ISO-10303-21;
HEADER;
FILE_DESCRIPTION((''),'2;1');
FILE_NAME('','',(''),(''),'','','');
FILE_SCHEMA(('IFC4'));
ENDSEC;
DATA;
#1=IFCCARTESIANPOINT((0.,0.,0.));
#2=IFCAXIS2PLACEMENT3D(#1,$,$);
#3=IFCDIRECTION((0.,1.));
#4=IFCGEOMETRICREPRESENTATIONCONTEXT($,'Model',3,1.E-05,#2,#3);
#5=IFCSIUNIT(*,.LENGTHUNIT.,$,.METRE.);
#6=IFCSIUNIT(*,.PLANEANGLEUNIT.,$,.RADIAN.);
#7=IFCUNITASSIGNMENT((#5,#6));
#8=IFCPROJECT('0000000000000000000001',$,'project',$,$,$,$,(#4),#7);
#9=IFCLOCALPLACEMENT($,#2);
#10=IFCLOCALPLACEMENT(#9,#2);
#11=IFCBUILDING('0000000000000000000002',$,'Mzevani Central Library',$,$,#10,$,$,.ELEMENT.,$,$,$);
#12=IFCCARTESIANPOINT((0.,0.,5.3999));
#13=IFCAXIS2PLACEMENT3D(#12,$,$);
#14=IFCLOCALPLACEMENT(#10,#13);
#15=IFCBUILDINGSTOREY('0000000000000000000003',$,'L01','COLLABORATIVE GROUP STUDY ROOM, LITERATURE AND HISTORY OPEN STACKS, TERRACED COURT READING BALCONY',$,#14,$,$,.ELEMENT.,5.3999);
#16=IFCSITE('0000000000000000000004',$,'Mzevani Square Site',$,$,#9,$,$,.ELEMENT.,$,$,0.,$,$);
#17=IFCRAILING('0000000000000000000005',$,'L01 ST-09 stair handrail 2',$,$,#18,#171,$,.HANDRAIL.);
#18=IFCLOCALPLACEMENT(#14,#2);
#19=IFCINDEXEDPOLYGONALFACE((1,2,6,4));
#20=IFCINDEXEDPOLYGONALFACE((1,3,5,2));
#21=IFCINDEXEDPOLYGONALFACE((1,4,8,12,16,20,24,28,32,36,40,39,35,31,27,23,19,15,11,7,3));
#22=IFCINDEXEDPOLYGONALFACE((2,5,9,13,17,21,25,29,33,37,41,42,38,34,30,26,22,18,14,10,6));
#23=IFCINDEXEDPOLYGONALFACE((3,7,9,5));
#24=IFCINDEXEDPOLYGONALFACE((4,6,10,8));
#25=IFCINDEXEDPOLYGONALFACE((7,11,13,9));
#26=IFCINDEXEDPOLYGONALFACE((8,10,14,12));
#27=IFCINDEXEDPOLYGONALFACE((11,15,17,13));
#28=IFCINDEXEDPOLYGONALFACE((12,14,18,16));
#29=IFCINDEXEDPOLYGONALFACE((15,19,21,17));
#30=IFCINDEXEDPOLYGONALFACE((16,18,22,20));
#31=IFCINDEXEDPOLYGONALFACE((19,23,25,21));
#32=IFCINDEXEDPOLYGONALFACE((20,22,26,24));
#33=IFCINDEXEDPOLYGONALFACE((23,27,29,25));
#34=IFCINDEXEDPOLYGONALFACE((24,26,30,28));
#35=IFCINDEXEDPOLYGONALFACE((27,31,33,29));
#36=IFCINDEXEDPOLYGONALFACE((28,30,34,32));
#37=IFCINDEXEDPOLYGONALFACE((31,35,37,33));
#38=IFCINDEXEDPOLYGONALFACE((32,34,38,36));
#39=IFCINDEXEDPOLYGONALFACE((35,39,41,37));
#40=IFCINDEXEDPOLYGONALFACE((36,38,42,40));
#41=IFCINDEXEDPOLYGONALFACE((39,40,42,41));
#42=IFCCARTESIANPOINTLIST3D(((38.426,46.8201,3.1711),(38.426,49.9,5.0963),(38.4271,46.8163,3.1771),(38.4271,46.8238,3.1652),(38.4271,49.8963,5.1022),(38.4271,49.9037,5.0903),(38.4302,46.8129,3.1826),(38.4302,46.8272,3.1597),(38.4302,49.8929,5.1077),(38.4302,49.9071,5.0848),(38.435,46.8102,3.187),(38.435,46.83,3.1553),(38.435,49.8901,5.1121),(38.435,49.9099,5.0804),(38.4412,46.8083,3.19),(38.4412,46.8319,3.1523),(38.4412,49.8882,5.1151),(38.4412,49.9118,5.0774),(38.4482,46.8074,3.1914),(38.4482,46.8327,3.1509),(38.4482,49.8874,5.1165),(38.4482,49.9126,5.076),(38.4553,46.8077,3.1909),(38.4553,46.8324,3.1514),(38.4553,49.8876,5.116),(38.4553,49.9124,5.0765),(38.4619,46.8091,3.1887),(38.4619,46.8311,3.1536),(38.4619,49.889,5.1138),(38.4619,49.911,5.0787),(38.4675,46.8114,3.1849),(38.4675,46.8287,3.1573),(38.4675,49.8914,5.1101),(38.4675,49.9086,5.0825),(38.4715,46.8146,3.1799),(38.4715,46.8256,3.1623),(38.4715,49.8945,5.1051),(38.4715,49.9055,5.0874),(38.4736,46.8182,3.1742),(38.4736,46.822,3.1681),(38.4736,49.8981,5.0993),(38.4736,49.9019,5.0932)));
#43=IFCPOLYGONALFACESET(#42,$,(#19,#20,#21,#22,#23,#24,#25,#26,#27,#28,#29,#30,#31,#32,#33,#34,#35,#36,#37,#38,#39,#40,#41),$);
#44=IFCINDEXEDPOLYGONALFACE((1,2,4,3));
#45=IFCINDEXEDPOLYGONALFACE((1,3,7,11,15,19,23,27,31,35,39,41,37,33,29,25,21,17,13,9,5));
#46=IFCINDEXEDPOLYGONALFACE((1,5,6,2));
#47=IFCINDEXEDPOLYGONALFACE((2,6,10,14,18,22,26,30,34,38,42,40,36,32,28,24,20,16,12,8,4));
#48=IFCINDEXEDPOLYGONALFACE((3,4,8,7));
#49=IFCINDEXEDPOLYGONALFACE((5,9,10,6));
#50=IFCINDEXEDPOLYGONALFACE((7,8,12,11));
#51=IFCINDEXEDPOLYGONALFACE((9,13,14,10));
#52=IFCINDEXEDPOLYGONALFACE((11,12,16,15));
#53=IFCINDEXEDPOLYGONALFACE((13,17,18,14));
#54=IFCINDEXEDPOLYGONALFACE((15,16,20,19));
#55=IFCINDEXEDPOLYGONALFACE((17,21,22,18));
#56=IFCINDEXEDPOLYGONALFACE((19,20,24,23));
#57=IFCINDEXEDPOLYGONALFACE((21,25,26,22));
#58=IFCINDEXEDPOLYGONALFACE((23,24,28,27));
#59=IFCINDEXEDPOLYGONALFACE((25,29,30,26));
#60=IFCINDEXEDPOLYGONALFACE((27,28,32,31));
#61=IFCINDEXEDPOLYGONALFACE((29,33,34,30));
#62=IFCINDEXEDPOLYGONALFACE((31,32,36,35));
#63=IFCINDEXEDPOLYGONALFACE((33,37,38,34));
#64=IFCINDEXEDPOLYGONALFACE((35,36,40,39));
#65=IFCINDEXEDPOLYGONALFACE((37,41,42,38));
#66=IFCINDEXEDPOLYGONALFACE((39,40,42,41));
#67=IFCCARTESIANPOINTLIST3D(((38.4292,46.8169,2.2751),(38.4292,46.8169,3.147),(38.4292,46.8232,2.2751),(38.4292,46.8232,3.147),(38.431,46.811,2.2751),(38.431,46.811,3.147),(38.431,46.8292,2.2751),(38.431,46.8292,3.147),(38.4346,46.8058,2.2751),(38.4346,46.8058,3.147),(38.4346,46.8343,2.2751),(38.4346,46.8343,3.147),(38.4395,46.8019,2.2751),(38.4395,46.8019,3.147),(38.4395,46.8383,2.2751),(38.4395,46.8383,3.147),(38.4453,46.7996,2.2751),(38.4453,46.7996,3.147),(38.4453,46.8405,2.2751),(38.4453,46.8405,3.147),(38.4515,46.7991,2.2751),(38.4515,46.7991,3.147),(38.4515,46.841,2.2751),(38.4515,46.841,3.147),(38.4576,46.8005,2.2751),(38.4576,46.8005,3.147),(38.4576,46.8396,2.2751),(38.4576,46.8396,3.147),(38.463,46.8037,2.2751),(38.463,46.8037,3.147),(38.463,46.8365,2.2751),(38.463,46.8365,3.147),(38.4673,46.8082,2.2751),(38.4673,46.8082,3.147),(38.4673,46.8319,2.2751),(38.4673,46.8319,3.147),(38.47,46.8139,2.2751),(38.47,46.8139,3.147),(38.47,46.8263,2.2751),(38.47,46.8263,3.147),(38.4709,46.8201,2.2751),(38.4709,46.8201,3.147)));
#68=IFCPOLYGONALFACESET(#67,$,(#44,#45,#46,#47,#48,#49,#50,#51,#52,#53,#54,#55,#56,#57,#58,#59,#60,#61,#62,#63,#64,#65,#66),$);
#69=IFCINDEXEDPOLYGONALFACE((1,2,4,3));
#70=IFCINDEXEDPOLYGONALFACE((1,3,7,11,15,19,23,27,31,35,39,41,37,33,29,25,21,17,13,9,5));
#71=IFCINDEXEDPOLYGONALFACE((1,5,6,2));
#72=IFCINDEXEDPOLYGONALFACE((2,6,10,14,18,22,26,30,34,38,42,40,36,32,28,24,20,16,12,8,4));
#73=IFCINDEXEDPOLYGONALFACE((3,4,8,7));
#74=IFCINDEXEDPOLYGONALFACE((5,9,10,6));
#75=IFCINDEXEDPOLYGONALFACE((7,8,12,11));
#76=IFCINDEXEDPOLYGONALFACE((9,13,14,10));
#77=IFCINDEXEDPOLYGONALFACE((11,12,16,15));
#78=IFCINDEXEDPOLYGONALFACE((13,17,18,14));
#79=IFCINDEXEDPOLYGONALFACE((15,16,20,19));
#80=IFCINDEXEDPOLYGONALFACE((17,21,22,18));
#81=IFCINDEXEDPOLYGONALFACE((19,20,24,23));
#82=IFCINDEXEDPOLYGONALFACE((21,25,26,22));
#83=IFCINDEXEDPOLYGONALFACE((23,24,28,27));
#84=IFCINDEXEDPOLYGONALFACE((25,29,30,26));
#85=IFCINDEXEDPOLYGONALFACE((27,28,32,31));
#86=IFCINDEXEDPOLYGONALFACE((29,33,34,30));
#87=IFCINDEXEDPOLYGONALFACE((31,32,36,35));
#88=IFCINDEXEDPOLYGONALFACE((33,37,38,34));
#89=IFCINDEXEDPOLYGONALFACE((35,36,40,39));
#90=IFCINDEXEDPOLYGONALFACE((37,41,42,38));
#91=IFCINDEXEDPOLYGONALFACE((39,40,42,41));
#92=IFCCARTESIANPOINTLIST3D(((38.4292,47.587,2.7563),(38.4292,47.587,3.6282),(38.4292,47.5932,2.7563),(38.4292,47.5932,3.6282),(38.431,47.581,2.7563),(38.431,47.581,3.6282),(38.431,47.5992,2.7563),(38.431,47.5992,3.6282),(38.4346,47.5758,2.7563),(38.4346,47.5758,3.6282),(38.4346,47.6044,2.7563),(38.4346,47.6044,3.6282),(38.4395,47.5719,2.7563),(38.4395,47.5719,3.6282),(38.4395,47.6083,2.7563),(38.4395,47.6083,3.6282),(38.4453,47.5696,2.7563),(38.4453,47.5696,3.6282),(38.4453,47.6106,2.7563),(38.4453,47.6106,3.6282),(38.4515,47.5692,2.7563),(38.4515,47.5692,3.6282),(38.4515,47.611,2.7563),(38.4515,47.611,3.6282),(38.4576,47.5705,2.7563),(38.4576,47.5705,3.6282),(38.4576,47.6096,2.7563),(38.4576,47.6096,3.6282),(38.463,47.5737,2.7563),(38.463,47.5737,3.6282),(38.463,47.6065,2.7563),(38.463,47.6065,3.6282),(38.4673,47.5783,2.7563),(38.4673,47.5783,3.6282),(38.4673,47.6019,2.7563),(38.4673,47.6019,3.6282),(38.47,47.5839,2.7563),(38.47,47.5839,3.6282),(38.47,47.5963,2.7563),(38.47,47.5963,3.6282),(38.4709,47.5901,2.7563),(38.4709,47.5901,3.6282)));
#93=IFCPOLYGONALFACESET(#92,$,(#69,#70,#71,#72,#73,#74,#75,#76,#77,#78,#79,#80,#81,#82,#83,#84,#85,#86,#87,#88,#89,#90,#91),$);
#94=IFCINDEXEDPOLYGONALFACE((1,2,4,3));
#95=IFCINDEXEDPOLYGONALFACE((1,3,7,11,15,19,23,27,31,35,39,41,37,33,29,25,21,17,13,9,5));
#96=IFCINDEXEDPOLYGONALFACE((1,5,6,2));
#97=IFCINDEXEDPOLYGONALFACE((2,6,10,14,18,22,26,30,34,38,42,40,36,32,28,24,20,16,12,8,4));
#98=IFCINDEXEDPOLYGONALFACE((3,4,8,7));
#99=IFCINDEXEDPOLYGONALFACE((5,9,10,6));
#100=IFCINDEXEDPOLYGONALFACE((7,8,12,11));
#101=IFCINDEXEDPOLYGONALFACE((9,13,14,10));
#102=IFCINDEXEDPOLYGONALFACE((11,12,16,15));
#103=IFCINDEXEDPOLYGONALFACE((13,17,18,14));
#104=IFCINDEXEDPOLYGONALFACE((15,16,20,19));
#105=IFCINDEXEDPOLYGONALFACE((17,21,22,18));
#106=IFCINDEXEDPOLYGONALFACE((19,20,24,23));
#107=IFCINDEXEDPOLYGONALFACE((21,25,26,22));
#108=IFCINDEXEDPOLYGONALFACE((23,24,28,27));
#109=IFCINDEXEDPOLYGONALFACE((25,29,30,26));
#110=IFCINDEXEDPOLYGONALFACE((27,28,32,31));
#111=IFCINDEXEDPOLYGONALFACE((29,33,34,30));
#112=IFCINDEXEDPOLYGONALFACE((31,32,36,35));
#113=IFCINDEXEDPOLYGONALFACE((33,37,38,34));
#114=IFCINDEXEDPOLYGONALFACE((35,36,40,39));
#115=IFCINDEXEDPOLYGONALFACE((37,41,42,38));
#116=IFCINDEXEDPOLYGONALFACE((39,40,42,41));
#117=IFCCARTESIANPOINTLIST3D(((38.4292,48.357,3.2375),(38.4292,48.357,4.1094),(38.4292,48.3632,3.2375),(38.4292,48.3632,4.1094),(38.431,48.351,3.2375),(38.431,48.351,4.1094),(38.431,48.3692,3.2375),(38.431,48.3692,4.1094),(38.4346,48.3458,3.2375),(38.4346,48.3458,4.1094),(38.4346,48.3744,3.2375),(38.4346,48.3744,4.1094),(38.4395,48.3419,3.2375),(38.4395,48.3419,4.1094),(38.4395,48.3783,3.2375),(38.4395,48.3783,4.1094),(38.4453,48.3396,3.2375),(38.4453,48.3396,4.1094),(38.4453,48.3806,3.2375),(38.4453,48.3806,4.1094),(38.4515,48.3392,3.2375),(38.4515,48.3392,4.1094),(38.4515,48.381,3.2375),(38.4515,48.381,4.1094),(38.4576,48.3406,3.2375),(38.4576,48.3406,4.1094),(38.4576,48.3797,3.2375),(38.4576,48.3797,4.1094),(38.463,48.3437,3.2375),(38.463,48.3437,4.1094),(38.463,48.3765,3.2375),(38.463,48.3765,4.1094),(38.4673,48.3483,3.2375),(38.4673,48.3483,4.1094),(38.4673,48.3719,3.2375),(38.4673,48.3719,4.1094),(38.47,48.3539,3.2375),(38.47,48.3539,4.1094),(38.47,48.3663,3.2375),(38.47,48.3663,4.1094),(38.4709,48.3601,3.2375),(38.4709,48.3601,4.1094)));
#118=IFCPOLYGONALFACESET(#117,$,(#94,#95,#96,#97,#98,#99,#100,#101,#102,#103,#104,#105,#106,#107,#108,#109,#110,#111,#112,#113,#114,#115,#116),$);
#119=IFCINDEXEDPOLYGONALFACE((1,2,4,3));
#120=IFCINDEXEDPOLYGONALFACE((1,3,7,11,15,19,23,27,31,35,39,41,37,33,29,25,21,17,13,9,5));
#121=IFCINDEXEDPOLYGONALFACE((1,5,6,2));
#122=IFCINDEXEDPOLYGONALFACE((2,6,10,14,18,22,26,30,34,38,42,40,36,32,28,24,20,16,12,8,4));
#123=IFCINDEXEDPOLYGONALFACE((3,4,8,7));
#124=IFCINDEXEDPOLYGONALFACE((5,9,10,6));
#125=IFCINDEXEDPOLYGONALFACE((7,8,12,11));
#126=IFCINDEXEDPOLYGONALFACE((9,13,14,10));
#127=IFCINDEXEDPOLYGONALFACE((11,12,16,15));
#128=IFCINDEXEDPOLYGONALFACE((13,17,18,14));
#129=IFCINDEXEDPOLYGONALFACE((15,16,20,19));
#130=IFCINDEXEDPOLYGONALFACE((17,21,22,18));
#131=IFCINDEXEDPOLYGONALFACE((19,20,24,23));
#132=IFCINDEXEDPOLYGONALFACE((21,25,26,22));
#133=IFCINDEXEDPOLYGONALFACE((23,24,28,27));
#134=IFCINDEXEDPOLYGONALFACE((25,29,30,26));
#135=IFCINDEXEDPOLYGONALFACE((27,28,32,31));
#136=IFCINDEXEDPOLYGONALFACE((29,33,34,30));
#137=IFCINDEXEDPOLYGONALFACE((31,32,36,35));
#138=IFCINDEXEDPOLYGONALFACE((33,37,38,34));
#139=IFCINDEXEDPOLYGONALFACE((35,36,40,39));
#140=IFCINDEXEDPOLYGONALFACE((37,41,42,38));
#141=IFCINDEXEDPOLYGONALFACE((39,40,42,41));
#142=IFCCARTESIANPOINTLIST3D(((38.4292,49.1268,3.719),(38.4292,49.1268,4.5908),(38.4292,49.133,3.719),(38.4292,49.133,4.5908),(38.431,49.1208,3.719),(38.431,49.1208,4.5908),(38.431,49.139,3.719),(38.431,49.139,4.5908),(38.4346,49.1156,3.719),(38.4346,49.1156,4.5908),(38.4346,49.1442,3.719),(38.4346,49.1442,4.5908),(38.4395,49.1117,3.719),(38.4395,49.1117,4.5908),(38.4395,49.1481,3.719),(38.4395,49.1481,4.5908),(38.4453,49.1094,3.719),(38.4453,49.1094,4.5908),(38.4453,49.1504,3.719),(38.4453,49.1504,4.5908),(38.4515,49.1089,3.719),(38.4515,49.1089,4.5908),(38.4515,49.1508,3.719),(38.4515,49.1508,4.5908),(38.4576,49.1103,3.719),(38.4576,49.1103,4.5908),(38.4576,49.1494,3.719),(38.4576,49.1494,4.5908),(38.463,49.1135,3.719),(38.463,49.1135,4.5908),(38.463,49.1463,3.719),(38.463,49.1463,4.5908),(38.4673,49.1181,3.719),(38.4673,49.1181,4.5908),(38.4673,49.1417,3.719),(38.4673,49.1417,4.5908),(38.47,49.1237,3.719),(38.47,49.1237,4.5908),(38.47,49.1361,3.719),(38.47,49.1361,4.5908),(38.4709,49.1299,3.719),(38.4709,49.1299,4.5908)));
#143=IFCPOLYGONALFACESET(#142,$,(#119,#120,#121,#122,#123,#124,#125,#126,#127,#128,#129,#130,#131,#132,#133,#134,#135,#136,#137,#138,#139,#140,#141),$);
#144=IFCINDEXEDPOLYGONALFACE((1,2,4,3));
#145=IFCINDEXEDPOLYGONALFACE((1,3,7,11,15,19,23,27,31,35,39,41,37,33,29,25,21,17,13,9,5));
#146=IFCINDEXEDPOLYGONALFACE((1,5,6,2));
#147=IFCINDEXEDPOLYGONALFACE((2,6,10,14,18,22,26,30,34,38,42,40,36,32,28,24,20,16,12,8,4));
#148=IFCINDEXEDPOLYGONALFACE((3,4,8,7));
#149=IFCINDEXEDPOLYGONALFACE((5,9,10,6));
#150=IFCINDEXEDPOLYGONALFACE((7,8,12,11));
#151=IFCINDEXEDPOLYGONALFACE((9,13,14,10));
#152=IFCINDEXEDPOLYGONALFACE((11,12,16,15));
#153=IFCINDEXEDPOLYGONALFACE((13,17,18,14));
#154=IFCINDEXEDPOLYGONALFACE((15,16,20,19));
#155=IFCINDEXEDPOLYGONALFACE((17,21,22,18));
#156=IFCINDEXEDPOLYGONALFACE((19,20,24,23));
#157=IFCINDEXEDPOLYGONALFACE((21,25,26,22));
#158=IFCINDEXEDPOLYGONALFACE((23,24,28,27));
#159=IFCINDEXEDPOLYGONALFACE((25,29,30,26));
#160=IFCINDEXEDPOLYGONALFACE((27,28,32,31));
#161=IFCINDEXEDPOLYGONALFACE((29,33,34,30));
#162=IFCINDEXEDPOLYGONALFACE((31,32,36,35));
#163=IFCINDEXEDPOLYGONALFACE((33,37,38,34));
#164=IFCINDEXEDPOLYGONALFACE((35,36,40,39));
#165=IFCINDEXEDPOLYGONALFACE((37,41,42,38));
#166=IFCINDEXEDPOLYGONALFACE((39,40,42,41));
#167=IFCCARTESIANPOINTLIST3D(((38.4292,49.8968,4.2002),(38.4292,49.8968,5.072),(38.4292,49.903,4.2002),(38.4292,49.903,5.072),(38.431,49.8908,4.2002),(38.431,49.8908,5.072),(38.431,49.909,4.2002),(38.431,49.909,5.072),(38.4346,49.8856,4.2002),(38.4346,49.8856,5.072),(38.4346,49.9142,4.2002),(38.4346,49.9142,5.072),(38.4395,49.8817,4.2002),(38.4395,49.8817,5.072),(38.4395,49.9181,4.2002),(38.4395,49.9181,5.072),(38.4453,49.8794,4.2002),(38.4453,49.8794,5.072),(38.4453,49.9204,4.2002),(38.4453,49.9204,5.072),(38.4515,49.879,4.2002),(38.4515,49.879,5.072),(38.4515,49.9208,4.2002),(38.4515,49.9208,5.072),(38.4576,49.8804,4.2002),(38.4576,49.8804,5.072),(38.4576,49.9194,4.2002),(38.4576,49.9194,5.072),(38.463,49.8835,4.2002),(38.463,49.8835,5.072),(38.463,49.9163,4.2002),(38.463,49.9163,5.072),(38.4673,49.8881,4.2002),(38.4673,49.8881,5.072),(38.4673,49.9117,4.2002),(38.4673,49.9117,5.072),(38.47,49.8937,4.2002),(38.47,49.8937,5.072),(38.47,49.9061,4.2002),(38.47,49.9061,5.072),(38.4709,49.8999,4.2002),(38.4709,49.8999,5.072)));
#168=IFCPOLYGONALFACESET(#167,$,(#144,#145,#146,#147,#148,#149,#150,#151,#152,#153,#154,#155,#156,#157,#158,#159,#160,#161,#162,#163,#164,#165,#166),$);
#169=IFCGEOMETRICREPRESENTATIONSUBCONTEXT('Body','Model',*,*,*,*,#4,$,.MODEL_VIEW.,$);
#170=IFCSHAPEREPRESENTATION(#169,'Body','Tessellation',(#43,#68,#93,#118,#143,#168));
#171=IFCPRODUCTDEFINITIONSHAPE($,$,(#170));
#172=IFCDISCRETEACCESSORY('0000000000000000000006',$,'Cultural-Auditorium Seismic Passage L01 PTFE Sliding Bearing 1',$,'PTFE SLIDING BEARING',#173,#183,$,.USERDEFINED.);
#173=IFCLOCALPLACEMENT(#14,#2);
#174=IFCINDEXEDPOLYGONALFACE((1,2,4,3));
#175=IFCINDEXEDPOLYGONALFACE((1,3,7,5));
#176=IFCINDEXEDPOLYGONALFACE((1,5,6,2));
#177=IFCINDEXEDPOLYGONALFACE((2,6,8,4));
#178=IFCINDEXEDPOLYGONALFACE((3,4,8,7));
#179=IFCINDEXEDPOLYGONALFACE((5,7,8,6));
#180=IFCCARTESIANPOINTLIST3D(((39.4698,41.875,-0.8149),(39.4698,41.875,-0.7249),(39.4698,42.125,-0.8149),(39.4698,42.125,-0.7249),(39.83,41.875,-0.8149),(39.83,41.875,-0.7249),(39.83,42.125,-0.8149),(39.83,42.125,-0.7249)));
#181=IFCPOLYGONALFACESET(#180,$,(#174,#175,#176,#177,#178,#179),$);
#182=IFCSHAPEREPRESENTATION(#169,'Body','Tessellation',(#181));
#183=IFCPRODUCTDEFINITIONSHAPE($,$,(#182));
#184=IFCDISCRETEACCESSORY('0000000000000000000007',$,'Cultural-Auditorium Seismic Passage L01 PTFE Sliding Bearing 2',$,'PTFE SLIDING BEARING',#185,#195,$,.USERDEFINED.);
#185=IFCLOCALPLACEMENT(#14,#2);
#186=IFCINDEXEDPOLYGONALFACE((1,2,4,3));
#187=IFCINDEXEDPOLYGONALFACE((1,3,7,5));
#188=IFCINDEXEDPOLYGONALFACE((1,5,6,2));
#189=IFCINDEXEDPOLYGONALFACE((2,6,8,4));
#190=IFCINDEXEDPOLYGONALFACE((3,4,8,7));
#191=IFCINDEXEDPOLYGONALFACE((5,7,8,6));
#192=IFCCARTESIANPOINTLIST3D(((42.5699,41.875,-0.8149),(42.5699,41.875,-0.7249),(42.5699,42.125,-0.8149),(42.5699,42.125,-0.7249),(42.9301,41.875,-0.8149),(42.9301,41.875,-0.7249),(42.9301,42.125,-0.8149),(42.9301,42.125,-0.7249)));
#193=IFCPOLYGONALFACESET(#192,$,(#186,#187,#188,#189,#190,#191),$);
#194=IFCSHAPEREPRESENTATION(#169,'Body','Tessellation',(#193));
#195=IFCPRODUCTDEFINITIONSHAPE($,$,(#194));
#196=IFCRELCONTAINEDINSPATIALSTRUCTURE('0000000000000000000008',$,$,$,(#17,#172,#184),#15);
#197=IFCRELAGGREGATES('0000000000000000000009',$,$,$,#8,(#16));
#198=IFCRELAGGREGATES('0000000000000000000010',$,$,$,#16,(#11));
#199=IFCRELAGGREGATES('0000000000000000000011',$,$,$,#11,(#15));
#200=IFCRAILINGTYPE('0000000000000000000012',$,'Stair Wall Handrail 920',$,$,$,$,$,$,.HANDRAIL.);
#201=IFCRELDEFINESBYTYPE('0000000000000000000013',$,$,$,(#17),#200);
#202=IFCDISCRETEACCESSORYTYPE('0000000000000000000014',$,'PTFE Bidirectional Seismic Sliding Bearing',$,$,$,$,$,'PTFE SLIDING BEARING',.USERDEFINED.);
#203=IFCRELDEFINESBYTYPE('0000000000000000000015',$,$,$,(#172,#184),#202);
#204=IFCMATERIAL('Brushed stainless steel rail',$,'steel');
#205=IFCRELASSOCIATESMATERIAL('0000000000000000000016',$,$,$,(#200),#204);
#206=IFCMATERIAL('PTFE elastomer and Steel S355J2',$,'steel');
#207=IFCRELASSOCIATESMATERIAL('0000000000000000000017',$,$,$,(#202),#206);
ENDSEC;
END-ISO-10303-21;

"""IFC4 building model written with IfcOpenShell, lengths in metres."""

from ifc_helpers import new_model, si_unit, direction, frame, origin, origin_2d, place, context, subcontext, project, spatial, rectangle, circle, extrude, material, type_object, element, save


model = new_model("IFC4")

# Units and contexts
model_context = context("Model", 3, precision=1e-05, world=origin(), true_north=direction((0.0, 1.0)))
body_context = subcontext(model_context, "Body", "Model", "MODEL_VIEW")
ifc_project = project(units=[si_unit("LENGTHUNIT", "METRE"), si_unit("PLANEANGLEUNIT", "RADIAN")], contexts=[model_context])

# Site, building, storey
site_placement = place(None, origin())
site = spatial("IfcSite", under=ifc_project, at=site_placement, Name="Mzevani Square Site", CompositionType="ELEMENT", RefElevation=0.0)
building_placement = place(site_placement, origin())
building = spatial("IfcBuilding", under=site, at=building_placement, Name="Mzevani Central Library", CompositionType="ELEMENT")
storey_placement = place(building_placement, frame((0.0, 0.0, 5.3999)))
storey = spatial("IfcBuildingStorey", under=building, at=storey_placement, Name="L01", Description="COLLABORATIVE GROUP STUDY ROOM, LITERATURE AND HISTORY OPEN STACKS, TERRACED COURT READING BALCONY", CompositionType="ELEMENT", Elevation=5.3999)

# Shared definitions
ifc_material_1 = material(Name="Brushed stainless steel rail", Category="steel")

# Railing
railing_type_1 = type_object("IfcRailingType", Name="Stair Wall Handrail 920", PredefinedType="HANDRAIL", material=ifc_material_1)
railing_1_placement = place(storey_placement, frame((38.45, 46.8201, 2.2751)))
element("IfcRailing", 1, at=railing_1_placement, inside=storey, type_object=railing_type_1, Name="L01 ST-09 stair handrail 2", PredefinedType="HANDRAIL", context=body_context, shape_type="SweptSolid", body=[
    extrude(circle(Radius=0.0239, at=origin_2d()), frame((0.0, 0.0, 0.896), z_axis=(0.0, 0.847979, 0.530029), x_axis=(-1.0, 0.0, 0.0)), (0.0, 0.0, 1.0), 3.6321),
    extrude(circle(Radius=0.021, at=origin_2d()), origin(), (0.0, 0.0, 1.0), 0.8718),
    extrude(circle(Radius=0.021, at=origin_2d()), frame((0.0, 0.77, 0.4812)), (0.0, 0.0, 1.0), 0.8718),
    extrude(circle(Radius=0.021, at=origin_2d()), frame((0.0, 1.54, 0.9624)), (0.0, 0.0, 1.0), 0.8718),
    extrude(circle(Radius=0.021, at=origin_2d()), frame((0.0, 2.3098, 1.4438)), (0.0, 0.0, 1.0), 0.8718),
    extrude(circle(Radius=0.021, at=origin_2d()), frame((0.0, 3.0798, 1.925)), (0.0, 0.0, 1.0), 0.8718),
])

# Discrete accessories
ifc_material_2 = material(Name="PTFE elastomer and Steel S355J2", Category="steel")
discrete_accessory_type = type_object("IfcDiscreteAccessoryType", Name="PTFE Bidirectional Seismic Sliding Bearing", ElementType="PTFE SLIDING BEARING", PredefinedType="USERDEFINED", material=ifc_material_2)
for number, where, z_axis, x_axis, name in (
    (2, (39.6499, 42.0, -0.8149), (0.0, 0.0, 1.0), (1.0, 0.0, 0.0), "Cultural-Auditorium Seismic Passage L01 PTFE Sliding Bearing 1"),
    (3, (42.75, 42.0, -0.8149), (0.0, 0.0, 1.0), (1.0, 0.0, 0.0), "Cultural-Auditorium Seismic Passage L01 PTFE Sliding Bearing 2"),
):
    element("IfcDiscreteAccessory", number, at=place(storey_placement, frame(where, z_axis=z_axis, x_axis=x_axis)), inside=storey, type_object=discrete_accessory_type, Name=name, ObjectType="PTFE SLIDING BEARING", PredefinedType="USERDEFINED", context=body_context, shape_type="SweptSolid", body=[
        extrude(rectangle(XDim=0.3601, YDim=0.25, at=origin_2d()), origin(), (0.0, 0.0, 1.0), 0.0901),
    ])

save(model, "model.ifc")
